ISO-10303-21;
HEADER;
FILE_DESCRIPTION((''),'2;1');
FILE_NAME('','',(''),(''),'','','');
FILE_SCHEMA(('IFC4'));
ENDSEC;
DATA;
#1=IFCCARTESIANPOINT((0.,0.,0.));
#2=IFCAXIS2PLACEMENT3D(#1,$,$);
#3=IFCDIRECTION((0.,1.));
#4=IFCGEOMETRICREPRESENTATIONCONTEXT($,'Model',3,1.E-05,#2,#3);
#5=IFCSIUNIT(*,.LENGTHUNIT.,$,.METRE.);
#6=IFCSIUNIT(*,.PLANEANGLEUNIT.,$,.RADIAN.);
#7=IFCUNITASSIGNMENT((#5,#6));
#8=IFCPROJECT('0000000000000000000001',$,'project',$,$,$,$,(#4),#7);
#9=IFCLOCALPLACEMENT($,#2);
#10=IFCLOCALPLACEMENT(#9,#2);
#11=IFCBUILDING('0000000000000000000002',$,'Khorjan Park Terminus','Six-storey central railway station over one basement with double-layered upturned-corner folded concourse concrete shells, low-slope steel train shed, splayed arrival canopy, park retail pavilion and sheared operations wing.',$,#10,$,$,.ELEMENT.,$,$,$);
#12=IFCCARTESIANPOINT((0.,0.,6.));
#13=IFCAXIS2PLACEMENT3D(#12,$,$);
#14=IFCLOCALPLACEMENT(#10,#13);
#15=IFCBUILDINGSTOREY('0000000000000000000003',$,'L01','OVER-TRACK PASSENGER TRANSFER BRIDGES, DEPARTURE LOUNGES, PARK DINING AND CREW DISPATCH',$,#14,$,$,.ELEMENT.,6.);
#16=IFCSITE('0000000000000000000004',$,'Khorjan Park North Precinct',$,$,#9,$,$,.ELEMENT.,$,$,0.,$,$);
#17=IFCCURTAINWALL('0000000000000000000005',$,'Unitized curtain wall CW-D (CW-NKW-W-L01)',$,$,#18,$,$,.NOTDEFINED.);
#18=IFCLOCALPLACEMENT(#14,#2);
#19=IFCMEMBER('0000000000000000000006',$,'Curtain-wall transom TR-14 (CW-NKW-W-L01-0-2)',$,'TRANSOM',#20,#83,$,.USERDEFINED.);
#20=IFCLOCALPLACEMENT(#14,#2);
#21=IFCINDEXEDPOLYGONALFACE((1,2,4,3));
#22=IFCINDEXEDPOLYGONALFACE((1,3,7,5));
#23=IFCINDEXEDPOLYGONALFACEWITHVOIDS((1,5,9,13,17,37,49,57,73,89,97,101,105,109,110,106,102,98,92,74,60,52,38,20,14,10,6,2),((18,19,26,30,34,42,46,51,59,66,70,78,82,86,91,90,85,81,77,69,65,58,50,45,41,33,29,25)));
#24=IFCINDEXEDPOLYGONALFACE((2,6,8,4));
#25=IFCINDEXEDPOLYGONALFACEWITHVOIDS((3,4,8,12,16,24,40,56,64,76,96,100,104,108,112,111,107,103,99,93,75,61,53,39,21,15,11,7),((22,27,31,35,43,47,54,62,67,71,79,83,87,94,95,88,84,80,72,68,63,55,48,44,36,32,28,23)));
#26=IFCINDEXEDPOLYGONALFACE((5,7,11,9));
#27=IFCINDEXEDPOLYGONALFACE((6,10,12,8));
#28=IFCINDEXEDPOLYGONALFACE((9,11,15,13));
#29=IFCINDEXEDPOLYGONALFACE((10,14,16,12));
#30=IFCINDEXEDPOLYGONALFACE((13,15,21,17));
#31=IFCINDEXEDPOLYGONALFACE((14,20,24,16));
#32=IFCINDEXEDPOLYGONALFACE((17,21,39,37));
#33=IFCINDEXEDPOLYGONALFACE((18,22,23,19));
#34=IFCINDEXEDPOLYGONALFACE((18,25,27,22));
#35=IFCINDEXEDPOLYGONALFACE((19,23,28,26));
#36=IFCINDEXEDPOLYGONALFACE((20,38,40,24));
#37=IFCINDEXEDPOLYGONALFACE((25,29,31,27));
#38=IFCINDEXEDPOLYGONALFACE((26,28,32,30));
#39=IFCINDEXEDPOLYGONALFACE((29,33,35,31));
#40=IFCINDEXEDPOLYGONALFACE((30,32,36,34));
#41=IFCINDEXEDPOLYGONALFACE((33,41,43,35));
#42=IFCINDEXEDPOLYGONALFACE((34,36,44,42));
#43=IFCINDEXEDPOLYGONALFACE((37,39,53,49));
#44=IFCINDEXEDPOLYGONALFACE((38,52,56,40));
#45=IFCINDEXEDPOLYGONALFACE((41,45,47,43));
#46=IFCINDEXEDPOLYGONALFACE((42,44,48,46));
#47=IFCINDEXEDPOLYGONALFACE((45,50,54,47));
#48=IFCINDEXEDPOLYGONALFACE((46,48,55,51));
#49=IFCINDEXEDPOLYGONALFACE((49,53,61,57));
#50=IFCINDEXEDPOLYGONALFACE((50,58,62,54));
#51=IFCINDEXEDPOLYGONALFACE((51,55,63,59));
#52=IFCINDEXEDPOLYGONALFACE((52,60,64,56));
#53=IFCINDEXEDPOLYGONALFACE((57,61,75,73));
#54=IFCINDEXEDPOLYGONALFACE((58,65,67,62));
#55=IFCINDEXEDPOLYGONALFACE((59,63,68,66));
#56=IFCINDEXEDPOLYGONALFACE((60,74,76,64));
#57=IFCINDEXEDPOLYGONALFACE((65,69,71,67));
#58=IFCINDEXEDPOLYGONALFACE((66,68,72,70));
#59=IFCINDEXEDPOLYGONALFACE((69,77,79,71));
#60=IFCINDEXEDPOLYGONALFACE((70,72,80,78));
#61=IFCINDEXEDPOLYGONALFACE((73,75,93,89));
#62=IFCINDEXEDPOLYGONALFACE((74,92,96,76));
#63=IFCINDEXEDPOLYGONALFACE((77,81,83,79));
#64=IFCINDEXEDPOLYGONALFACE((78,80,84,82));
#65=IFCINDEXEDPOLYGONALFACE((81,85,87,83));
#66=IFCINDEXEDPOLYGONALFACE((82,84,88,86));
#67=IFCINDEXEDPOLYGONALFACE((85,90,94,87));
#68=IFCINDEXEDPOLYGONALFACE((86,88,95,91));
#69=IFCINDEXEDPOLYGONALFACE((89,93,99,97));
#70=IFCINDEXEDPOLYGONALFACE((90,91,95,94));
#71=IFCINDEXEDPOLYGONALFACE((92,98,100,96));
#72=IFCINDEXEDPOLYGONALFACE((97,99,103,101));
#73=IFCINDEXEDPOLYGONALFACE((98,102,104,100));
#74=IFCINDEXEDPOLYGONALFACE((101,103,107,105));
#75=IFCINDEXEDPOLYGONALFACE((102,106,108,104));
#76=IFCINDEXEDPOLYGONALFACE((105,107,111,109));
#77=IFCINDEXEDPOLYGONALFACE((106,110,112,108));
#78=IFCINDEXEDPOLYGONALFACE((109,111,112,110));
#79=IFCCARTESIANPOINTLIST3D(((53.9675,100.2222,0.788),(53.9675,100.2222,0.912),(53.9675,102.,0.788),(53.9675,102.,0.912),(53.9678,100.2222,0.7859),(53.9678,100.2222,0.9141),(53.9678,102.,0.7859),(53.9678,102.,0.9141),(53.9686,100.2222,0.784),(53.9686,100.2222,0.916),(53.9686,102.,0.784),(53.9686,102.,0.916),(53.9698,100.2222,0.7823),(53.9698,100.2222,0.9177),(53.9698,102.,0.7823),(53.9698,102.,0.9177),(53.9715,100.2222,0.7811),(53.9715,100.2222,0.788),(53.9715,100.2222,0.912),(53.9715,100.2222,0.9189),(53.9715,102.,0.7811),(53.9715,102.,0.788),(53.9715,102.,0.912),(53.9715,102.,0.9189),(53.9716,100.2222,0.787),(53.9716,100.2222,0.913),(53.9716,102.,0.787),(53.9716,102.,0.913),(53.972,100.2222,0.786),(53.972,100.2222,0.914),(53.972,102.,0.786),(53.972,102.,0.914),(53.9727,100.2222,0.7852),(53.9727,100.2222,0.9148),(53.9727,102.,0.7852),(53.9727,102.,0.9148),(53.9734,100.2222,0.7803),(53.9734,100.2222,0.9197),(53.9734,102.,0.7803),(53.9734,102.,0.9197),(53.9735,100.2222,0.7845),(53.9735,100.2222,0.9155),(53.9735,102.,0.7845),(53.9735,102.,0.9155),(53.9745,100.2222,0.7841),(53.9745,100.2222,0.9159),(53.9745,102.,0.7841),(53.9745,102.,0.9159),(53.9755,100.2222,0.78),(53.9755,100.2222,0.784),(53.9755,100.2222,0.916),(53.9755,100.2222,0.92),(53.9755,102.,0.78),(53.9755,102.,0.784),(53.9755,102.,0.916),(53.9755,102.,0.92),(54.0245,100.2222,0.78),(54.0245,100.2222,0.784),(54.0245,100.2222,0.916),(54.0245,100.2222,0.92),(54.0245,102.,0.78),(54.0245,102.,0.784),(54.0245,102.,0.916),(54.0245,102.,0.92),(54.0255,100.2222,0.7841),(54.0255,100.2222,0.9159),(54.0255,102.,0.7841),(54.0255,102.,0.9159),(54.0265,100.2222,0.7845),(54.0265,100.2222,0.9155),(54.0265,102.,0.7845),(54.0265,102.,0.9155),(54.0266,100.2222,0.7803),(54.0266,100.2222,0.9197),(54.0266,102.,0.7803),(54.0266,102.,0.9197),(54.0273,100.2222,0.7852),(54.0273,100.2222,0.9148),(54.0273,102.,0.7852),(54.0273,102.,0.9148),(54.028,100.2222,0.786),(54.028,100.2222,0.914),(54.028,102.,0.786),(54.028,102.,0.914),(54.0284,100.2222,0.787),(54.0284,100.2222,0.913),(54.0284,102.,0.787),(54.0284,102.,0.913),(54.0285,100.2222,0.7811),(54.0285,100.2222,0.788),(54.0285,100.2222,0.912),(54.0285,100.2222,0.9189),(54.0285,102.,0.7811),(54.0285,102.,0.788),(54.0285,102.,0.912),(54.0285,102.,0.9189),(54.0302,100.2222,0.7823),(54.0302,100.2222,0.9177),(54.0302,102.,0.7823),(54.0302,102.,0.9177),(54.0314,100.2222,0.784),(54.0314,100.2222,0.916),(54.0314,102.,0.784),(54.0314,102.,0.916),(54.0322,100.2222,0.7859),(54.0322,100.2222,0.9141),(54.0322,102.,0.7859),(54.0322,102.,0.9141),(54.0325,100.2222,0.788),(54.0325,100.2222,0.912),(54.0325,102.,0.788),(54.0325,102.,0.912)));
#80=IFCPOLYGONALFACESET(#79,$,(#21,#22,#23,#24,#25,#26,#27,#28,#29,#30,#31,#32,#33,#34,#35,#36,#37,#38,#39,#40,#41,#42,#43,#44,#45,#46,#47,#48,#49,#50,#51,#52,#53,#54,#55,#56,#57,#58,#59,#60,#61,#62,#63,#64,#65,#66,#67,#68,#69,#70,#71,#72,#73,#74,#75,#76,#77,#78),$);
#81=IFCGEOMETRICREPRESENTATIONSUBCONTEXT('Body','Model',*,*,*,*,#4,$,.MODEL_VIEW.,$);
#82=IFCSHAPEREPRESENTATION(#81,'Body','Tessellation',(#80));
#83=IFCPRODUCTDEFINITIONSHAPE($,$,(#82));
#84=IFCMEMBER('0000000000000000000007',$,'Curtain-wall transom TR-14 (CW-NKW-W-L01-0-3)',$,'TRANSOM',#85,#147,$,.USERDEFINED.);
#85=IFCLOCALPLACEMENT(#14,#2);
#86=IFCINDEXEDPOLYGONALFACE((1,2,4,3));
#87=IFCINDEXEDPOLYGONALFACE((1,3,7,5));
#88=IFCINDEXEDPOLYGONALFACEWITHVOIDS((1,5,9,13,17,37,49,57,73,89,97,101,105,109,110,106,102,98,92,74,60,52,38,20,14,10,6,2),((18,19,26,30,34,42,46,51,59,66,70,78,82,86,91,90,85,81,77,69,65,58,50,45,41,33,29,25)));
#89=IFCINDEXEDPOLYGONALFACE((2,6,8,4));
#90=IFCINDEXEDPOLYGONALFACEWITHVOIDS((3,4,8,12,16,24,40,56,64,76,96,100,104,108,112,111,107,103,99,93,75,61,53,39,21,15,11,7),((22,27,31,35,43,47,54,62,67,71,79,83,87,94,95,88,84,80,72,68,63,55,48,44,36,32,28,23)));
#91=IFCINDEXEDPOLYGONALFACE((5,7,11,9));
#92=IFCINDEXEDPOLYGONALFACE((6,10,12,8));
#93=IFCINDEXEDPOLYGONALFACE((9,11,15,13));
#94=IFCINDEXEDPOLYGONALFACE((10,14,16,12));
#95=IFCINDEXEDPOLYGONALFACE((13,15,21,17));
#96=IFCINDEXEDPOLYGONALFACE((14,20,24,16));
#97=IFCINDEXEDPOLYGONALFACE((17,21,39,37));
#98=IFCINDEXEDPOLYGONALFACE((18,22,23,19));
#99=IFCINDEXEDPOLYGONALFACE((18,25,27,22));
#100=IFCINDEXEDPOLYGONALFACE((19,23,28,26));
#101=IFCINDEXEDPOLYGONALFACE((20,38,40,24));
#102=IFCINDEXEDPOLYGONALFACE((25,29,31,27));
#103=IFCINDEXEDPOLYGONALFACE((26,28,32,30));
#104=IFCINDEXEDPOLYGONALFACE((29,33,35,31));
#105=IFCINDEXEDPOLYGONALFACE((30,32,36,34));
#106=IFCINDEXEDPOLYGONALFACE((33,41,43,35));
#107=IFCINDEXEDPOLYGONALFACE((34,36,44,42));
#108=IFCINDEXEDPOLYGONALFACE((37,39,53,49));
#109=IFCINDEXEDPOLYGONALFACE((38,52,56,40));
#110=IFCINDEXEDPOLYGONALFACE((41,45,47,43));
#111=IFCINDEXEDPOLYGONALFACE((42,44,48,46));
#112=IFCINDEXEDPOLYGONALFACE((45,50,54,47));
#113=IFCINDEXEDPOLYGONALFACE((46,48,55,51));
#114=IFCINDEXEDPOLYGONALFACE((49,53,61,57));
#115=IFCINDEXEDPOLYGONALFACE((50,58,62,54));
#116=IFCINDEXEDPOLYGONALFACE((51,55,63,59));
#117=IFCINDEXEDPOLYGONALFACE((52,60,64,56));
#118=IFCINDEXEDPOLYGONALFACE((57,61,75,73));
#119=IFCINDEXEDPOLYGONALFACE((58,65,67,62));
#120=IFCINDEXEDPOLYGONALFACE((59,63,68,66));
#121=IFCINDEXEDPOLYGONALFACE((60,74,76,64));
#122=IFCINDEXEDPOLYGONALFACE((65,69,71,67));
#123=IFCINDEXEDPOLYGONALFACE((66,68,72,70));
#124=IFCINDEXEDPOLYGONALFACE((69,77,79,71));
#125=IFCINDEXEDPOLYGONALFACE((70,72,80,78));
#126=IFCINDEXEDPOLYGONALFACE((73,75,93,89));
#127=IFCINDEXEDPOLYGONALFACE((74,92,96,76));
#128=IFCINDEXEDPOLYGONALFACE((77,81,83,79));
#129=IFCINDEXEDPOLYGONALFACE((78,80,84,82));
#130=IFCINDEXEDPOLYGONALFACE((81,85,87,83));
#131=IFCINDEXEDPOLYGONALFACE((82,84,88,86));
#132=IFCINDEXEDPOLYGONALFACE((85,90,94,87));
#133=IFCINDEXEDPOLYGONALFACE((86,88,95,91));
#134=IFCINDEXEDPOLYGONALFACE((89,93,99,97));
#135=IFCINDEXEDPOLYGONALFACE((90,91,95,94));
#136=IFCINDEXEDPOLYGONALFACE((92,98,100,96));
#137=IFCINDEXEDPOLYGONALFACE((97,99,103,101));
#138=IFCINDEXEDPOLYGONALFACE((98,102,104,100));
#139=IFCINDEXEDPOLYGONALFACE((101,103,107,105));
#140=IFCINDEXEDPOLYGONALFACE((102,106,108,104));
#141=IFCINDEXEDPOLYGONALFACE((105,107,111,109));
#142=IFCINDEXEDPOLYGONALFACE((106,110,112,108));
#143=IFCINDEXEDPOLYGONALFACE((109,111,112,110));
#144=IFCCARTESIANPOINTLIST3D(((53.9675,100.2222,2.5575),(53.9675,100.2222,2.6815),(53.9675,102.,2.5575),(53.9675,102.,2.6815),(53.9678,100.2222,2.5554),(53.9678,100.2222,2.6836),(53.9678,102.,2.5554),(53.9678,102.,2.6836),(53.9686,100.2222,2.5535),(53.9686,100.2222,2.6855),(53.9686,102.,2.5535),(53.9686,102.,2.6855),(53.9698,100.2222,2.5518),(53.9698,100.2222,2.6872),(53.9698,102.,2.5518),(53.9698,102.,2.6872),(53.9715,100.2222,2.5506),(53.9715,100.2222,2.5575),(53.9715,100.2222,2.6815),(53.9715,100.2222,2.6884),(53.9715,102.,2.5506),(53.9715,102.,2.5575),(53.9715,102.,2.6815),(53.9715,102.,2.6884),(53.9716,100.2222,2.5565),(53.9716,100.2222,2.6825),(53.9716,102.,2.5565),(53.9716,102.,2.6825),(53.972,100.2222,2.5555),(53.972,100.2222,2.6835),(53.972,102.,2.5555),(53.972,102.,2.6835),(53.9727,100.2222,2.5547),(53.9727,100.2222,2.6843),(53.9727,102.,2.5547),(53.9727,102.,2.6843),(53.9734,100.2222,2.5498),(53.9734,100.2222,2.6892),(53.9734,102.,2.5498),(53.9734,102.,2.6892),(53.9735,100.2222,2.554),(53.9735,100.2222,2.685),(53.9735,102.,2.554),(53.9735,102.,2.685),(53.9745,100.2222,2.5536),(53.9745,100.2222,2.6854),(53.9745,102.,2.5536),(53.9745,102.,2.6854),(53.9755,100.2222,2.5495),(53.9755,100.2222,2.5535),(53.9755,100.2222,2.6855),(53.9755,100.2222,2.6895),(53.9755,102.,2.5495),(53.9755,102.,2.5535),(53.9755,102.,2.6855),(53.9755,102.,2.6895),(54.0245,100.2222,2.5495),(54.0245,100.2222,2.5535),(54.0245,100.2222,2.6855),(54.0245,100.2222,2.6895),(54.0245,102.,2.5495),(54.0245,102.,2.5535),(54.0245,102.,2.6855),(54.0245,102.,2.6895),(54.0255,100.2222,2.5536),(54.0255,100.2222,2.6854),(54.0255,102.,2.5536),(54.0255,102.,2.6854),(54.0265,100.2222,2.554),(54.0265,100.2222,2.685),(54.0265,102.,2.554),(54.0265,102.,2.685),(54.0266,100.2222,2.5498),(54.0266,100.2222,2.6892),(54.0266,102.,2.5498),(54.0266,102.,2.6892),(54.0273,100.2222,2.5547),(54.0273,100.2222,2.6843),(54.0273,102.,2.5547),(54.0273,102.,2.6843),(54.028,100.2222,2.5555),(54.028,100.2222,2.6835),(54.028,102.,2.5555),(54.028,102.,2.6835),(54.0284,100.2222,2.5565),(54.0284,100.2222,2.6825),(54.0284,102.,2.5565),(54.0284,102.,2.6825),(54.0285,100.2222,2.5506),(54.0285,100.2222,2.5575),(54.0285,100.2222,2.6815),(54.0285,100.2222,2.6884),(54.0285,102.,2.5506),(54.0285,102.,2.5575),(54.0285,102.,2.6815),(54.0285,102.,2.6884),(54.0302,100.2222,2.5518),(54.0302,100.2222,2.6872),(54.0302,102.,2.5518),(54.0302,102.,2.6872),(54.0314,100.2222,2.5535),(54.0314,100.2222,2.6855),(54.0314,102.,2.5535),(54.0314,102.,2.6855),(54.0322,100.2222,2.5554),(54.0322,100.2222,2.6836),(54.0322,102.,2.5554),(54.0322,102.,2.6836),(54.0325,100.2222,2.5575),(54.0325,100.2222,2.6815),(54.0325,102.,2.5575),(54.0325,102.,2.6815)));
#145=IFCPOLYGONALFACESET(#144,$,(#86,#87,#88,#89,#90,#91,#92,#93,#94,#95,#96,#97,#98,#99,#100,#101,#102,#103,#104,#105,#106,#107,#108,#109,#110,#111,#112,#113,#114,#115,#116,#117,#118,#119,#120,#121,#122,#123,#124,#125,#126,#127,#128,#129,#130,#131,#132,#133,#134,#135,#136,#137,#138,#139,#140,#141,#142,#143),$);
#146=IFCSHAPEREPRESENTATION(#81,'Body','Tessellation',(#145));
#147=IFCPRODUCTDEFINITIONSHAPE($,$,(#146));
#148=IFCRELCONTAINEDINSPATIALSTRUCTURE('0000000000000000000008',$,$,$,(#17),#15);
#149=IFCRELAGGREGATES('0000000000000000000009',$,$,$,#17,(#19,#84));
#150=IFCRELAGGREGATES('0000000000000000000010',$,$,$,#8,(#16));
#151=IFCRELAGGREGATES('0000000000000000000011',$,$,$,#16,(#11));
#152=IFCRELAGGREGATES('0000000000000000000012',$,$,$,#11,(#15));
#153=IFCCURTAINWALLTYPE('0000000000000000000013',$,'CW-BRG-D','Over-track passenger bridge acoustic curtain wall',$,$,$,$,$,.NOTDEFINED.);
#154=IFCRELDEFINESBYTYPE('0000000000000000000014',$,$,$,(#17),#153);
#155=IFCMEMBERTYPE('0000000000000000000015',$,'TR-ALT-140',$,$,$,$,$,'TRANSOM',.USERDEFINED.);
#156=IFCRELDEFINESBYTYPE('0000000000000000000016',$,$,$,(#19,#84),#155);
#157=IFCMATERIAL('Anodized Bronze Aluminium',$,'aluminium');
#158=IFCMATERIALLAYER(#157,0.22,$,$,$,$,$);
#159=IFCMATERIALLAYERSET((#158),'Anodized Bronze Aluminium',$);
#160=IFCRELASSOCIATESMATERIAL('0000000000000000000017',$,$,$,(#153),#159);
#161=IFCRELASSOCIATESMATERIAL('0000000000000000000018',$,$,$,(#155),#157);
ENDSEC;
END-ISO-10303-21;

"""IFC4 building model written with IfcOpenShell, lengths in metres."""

from ifc_helpers import new_model, si_unit, direction, frame, origin, origin_2d, place, context, subcontext, project, spatial, hollow_rectangle, extrude, material, layer, layer_set, material_profile, profile_set, type_object, element, aggregate, save


model = new_model("IFC4")

# Units and contexts
model_context = context("Model", 3, precision=1e-05, world=origin(), true_north=direction((0.0, 1.0)))
body_context = subcontext(model_context, "Body", "Model", "MODEL_VIEW")
ifc_project = project(units=[si_unit("LENGTHUNIT", "METRE"), si_unit("PLANEANGLEUNIT", "RADIAN")], contexts=[model_context])

# Site, building, storey
site_placement = place(None, origin())
site = spatial("IfcSite", under=ifc_project, at=site_placement, Name="Khorjan Park North Precinct", CompositionType="ELEMENT", RefElevation=0.0)
building_placement = place(site_placement, origin())
building = spatial("IfcBuilding", under=site, at=building_placement, Name="Khorjan Park Terminus", Description="Six-storey central railway station over one basement with double-layered upturned-corner folded concourse concrete shells, low-slope steel train shed, splayed arrival canopy, park retail pavilion and sheared operations wing.", CompositionType="ELEMENT")
storey_placement = place(building_placement, frame((0.0, 0.0, 6.0)))
storey = spatial("IfcBuildingStorey", under=building, at=storey_placement, Name="L01", Description="OVER-TRACK PASSENGER TRANSFER BRIDGES, DEPARTURE LOUNGES, PARK DINING AND CREW DISPATCH", CompositionType="ELEMENT", Elevation=6.0)

# Curtain wall, members
ifc_material_1 = material(Name="Anodized Bronze Aluminium", Category="aluminium")
ifc_layer_1 = layer(ifc_material_1, 0.22)
ifc_layer_set_1 = layer_set([ifc_layer_1], Name="Anodized Bronze Aluminium")
curtain_wall_type = type_object("IfcCurtainWallType", Name="CW-BRG-D", Description="Over-track passenger bridge acoustic curtain wall", PredefinedType="NOTDEFINED", material=ifc_layer_set_1)
curtain_wall_placement = place(storey_placement, origin())
curtain_wall = element("IfcCurtainWall", 1, at=curtain_wall_placement, inside=storey, type_object=curtain_wall_type, Name="Unitized curtain wall CW-D (CW-NKW-W-L01)", PredefinedType="NOTDEFINED")
ifc_material_profile_1 = material_profile(ifc_material_1, hollow_rectangle(XDim=0.065, YDim=0.14, WallThickness=0.004, InnerFilletRadius=0.004, OuterFilletRadius=0.008, at=origin_2d()), Name="ALT 65x140x4")
ifc_profile_set_1 = profile_set([ifc_material_profile_1], Name="Anodized Bronze Aluminium")
member_type_1 = type_object("IfcMemberType", Name="TR-ALT-140", ElementType="TRANSOM", PredefinedType="USERDEFINED", material=ifc_profile_set_1)
member_1_placement = place(storey_placement, frame((54.0, 102.0, 0.85), z_axis=(0.0, -1.0, 0.0), x_axis=(1.0, 0.0, 0.0)))
member_1 = element("IfcMember", 2, at=member_1_placement, type_object=member_type_1, Name="Curtain-wall transom TR-14 (CW-NKW-W-L01-0-2)", ObjectType="TRANSOM", PredefinedType="USERDEFINED", context=body_context, shape_type="SweptSolid", body=[
    extrude(hollow_rectangle(XDim=0.065, YDim=0.14, WallThickness=0.004, InnerFilletRadius=0.004, OuterFilletRadius=0.008, at=origin_2d()), origin(), (0.0, 0.0, 1.0), 1.7778),
])
member_2_placement = place(storey_placement, frame((54.0, 102.0, 2.6195), z_axis=(0.0, -1.0, 0.0), x_axis=(1.0, 0.0, 0.0)))
member_2 = element("IfcMember", 3, at=member_2_placement, type_object=member_type_1, Name="Curtain-wall transom TR-14 (CW-NKW-W-L01-0-3)", ObjectType="TRANSOM", PredefinedType="USERDEFINED", context=body_context, shape_type="SweptSolid", body=[
    extrude(hollow_rectangle(XDim=0.065, YDim=0.14, WallThickness=0.004, InnerFilletRadius=0.004, OuterFilletRadius=0.008, at=origin_2d()), origin(), (0.0, 0.0, 1.0), 1.7778),
])
aggregate(curtain_wall, [member_1, member_2])

save(model, "model.ifc")
